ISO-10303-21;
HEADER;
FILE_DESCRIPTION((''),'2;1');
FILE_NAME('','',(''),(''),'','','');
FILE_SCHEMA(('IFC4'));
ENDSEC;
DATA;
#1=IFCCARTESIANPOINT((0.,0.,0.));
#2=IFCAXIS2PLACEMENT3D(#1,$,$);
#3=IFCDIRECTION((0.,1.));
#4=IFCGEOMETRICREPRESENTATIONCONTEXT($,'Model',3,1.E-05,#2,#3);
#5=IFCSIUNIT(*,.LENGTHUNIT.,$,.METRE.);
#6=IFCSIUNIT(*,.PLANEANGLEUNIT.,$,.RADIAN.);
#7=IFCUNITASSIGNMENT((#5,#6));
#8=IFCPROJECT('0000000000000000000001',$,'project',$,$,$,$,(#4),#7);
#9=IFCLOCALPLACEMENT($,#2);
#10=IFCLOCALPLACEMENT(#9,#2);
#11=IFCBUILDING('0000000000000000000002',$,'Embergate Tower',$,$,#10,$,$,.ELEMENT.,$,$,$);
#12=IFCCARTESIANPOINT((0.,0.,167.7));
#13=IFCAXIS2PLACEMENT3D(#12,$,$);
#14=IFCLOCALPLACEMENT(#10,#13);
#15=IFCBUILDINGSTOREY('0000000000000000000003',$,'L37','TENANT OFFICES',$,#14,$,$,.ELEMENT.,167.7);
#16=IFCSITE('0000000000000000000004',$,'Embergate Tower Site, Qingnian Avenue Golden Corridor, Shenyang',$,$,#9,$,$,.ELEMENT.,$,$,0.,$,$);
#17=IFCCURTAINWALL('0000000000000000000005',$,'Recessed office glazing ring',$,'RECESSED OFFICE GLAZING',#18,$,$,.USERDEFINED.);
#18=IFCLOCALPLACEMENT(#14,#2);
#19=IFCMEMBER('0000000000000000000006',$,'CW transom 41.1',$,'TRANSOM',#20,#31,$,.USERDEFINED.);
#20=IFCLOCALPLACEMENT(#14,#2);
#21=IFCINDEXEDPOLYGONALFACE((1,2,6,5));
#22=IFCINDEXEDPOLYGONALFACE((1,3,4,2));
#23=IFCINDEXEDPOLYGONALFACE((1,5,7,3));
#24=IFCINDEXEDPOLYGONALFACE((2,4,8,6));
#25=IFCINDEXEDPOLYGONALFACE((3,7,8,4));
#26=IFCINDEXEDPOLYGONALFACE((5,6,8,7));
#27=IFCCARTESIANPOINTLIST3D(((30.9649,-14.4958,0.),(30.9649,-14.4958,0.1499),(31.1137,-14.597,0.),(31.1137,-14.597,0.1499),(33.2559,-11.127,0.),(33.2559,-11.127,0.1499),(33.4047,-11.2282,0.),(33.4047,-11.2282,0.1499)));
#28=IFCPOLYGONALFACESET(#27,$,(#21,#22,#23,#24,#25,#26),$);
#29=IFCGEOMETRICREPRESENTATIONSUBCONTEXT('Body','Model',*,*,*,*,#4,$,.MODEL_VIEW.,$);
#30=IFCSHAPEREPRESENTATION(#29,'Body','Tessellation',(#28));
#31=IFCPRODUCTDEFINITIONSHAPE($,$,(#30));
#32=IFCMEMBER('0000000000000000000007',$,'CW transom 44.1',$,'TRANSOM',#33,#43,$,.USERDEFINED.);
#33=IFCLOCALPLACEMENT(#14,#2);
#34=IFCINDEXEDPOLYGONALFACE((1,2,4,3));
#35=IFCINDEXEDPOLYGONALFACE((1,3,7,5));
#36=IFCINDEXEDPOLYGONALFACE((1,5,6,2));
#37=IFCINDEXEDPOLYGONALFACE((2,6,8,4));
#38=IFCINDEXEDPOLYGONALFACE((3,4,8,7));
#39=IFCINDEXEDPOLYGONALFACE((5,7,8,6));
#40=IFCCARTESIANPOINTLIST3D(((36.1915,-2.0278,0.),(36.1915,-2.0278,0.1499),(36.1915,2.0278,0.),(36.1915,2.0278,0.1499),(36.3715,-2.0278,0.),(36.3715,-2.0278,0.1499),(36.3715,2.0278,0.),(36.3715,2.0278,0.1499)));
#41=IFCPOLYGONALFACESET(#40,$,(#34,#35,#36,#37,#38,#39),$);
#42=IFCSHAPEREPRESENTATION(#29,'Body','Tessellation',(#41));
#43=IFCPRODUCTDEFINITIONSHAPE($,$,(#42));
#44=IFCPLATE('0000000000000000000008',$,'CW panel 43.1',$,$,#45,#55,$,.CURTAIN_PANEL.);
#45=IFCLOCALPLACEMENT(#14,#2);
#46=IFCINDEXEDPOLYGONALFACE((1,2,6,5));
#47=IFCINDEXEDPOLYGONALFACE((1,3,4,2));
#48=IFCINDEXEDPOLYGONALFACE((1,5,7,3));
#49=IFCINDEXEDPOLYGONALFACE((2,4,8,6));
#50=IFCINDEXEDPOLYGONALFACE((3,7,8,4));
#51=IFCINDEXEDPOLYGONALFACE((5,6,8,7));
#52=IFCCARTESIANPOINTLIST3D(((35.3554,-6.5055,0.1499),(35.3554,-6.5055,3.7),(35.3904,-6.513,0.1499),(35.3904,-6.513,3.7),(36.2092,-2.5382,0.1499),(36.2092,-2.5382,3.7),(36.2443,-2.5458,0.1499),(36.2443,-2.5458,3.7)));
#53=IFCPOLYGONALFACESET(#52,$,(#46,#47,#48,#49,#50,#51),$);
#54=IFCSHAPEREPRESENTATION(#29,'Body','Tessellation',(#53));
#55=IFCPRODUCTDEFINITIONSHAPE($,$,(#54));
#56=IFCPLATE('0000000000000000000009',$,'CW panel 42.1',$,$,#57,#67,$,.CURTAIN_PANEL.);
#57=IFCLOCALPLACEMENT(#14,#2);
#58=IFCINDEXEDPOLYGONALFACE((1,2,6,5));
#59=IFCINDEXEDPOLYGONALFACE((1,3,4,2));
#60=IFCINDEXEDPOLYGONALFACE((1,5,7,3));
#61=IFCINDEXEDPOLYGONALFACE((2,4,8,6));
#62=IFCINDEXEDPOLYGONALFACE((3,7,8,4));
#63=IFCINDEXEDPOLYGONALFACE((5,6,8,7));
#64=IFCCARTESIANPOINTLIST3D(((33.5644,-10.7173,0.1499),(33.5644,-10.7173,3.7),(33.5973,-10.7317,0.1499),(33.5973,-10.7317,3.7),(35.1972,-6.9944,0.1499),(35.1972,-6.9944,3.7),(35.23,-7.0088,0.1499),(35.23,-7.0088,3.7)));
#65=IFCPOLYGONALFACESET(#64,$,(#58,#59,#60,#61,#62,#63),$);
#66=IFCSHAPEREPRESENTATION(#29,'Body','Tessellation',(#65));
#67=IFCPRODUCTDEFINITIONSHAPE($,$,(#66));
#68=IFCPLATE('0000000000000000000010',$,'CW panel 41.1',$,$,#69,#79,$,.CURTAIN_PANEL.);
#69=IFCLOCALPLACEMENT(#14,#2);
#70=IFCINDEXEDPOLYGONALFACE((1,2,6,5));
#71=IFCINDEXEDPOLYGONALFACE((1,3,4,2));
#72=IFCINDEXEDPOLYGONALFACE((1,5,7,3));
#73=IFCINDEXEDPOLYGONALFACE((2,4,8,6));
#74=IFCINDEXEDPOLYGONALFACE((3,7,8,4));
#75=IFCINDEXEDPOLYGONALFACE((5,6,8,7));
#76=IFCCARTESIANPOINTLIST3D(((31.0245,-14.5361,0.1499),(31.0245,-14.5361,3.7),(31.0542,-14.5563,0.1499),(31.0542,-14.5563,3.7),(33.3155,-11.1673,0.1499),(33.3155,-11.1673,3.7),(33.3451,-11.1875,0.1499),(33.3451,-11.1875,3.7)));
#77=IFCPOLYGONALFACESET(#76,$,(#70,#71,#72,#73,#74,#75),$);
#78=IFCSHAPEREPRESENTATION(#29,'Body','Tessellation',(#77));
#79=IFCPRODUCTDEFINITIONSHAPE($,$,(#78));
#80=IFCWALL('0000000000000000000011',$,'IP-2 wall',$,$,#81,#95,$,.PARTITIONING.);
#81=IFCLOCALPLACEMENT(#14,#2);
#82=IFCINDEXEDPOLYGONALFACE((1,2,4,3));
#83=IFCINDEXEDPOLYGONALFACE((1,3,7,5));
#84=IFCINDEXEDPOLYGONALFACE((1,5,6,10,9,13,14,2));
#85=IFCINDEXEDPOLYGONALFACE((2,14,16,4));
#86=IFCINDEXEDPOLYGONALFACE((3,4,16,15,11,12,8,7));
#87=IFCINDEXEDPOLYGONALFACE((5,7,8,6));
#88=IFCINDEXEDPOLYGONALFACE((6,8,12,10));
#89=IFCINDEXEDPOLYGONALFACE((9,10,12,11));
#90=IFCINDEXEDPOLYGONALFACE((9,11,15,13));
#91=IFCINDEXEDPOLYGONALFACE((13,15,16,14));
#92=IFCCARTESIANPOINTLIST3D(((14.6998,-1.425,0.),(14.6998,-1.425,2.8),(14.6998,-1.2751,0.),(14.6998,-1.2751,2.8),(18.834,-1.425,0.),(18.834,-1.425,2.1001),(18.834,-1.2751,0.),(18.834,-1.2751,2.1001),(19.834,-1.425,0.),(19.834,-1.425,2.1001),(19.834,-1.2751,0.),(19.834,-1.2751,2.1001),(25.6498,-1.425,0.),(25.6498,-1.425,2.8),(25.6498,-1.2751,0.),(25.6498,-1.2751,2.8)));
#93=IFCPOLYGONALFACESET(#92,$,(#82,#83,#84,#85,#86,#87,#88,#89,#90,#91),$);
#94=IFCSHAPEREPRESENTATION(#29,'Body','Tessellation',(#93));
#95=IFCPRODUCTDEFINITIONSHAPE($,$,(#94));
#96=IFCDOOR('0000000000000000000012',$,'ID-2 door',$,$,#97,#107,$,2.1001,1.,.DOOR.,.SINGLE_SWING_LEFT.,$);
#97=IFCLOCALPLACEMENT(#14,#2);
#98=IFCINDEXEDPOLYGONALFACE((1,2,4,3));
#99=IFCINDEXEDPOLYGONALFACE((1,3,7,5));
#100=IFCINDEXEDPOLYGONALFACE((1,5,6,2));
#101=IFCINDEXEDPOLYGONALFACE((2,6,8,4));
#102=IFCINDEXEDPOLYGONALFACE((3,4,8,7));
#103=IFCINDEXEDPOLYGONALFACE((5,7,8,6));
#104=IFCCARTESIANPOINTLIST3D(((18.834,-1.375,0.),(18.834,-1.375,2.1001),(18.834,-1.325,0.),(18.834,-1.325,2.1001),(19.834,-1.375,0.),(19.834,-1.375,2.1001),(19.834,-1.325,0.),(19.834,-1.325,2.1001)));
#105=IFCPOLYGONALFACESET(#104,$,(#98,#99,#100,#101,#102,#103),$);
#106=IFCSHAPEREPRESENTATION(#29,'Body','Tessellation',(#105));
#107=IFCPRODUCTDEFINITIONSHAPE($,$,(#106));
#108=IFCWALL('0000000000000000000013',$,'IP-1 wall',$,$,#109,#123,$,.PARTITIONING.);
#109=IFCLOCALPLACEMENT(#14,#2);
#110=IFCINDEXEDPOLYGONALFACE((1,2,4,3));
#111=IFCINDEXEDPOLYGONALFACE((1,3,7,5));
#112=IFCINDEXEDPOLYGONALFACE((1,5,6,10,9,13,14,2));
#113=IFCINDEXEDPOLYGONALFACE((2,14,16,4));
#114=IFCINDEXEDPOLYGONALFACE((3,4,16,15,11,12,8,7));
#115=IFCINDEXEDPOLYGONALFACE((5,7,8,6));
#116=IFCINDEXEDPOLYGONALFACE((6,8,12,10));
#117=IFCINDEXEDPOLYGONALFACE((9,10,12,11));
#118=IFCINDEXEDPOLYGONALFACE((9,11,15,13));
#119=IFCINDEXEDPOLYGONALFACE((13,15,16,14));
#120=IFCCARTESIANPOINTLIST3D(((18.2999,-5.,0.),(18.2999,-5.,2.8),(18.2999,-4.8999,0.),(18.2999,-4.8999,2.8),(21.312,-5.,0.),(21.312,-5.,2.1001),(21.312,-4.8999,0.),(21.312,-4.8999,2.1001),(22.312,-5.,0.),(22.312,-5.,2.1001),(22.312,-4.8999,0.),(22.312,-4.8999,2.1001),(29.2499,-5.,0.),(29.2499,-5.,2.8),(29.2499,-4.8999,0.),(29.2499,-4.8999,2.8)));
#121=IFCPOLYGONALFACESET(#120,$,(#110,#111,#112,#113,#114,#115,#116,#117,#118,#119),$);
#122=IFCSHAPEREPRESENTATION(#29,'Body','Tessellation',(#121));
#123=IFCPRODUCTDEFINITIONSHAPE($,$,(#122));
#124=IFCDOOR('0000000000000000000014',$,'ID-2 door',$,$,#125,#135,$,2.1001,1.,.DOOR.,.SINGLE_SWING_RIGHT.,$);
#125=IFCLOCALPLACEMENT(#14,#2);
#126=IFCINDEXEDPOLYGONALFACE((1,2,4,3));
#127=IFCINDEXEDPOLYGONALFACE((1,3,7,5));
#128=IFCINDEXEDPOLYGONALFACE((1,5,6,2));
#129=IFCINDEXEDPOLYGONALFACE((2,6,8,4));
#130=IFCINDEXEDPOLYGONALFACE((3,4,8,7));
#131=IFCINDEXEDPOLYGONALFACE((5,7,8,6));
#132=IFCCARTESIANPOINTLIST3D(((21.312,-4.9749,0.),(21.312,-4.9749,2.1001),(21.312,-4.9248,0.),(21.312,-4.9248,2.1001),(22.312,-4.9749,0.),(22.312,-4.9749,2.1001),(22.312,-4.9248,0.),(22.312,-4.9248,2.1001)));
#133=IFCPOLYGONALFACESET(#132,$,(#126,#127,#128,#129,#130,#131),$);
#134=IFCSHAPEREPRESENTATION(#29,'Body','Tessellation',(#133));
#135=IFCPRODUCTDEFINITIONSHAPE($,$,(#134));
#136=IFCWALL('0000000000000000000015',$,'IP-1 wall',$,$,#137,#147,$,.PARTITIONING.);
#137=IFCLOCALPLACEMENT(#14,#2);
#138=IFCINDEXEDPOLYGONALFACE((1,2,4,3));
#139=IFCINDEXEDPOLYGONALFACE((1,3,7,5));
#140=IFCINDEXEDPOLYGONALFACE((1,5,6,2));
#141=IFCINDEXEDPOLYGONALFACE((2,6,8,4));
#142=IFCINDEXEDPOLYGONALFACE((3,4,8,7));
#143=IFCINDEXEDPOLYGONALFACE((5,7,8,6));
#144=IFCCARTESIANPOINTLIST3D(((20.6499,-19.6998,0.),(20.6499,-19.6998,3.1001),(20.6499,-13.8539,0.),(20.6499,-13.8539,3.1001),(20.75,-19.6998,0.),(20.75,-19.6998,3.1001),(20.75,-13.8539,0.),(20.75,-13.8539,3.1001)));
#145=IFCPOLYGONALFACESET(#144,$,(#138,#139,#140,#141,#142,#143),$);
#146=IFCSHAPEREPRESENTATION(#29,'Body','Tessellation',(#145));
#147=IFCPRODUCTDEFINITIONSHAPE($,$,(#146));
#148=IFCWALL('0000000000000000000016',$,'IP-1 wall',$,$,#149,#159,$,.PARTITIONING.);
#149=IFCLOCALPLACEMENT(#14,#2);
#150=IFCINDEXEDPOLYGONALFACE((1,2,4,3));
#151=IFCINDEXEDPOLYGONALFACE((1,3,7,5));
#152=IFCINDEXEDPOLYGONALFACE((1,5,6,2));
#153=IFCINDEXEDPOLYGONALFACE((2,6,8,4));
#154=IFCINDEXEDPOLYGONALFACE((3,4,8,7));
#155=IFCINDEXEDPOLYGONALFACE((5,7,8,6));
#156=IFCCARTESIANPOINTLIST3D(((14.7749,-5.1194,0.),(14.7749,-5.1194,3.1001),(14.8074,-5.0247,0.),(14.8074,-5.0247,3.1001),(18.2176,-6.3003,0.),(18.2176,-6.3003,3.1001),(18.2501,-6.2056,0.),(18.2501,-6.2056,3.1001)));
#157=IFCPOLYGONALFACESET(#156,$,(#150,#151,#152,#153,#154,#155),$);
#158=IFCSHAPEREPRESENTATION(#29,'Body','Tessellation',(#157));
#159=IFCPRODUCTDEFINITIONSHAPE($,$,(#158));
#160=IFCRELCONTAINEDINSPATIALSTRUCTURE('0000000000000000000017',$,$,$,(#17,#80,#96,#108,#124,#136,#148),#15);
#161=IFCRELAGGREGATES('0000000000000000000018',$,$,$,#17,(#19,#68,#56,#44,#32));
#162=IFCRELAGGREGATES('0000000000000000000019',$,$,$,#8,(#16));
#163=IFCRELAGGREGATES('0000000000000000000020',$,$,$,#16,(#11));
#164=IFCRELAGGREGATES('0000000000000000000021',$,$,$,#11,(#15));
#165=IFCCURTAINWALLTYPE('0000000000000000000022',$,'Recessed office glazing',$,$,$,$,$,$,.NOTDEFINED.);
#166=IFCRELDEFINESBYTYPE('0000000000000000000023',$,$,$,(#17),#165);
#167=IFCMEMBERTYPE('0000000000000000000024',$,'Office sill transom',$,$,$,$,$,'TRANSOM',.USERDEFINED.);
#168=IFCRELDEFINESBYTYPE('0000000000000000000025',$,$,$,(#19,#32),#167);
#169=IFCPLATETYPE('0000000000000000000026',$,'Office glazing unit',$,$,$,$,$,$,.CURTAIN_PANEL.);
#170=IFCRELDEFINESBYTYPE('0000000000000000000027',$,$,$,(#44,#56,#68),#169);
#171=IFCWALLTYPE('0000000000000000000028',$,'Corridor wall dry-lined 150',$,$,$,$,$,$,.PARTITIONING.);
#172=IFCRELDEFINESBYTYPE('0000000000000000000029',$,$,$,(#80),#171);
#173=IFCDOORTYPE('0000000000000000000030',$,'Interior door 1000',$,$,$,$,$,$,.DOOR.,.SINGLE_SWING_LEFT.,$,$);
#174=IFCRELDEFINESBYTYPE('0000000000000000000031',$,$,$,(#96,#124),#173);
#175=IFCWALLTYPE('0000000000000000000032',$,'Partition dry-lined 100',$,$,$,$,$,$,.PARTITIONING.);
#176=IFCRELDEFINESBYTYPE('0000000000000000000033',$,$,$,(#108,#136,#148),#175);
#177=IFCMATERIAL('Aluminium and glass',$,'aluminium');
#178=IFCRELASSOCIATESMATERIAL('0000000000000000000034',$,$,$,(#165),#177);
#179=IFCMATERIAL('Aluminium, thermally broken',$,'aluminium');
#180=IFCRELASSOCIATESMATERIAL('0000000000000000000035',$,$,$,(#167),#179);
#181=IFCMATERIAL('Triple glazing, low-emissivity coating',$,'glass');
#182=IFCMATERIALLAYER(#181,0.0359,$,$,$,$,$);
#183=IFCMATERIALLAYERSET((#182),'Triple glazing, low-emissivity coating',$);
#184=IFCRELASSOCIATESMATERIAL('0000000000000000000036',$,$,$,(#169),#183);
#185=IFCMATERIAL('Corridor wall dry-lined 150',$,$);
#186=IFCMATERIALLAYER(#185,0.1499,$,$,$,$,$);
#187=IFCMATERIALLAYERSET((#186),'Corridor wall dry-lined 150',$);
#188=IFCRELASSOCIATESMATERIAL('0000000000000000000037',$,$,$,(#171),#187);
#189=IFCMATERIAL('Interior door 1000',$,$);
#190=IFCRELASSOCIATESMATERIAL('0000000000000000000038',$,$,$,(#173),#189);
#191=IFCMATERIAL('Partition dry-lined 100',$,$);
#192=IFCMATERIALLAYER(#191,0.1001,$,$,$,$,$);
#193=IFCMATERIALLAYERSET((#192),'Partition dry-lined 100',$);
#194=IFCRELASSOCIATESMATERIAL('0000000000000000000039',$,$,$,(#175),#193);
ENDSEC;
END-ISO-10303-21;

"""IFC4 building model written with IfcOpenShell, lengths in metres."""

from ifc_helpers import new_model, si_unit, direction, frame, frame_2d, origin, origin_2d, place, context, subcontext, project, spatial, rectangle, extrude, source, transform, mapped, material, layer, layer_set, material_profile, profile_set, type_object, element, fill, aggregate, save


model = new_model("IFC4")

# Units and contexts
model_context = context("Model", 3, precision=1e-05, world=origin(), true_north=direction((0.0, 1.0)))
body_context = subcontext(model_context, "Body", "Model", "MODEL_VIEW")
ifc_project = project(units=[si_unit("LENGTHUNIT", "METRE"), si_unit("PLANEANGLEUNIT", "RADIAN")], contexts=[model_context])

# Site, building, storey
site_placement = place(None, origin())
site = spatial("IfcSite", under=ifc_project, at=site_placement, Name="Embergate Tower Site, Qingnian Avenue Golden Corridor, Shenyang", CompositionType="ELEMENT", RefElevation=0.0)
building_placement = place(site_placement, origin())
building = spatial("IfcBuilding", under=site, at=building_placement, Name="Embergate Tower", CompositionType="ELEMENT")
storey_placement = place(building_placement, frame((0.0, 0.0, 167.7)))
storey = spatial("IfcBuildingStorey", under=building, at=storey_placement, Name="L37", Description="TENANT OFFICES", CompositionType="ELEMENT", Elevation=167.7)

# Curtain wall, members, plates
ifc_material_1 = material(Name="Aluminium and glass", Category="aluminium")
curtain_wall_type = type_object("IfcCurtainWallType", Name="Recessed office glazing", PredefinedType="NOTDEFINED", material=ifc_material_1)
curtain_wall_placement = place(storey_placement, origin())
curtain_wall = element("IfcCurtainWall", 1, at=curtain_wall_placement, inside=storey, type_object=curtain_wall_type, Name="Recessed office glazing ring", ObjectType="RECESSED OFFICE GLAZING", PredefinedType="USERDEFINED")
ifc_material_2 = material(Name="Aluminium, thermally broken", Category="aluminium")
ifc_material_profile_1 = material_profile(ifc_material_2, rectangle(XDim=0.1799, YDim=0.1499, at=origin_2d()), Name="AL 150x180")
ifc_profile_set_1 = profile_set([ifc_material_profile_1], Name="Aluminium, thermally broken")
member_type_1 = type_object("IfcMemberType", Name="Office sill transom", ElementType="TRANSOM", PredefinedType="USERDEFINED", material=ifc_profile_set_1)
shared_shape_1 = source(origin(), body_context, "Body", "SweptSolid", [
    extrude(rectangle(XDim=0.1799, YDim=0.1499, at=origin_2d()), origin(), (0.0, 0.0, 1.0), 4.074),
])
member_1_placement = place(storey_placement, frame((31.0393, -14.5464, 0.075), z_axis=(0.562338, 0.826908, 0.0), x_axis=(-0.826908, 0.562338, 0.0)))
member_1 = element("IfcMember", 2, at=member_1_placement, type_object=member_type_1, Name="CW transom 41.1", ObjectType="TRANSOM", PredefinedType="USERDEFINED", context=body_context, shape_type="MappedRepresentation", body=[
    mapped(shared_shape_1, transform((0.0, 0.0, 0.0))),
])
shared_shape_2 = source(origin(), body_context, "Body", "SweptSolid", [
    extrude(rectangle(XDim=0.1799, YDim=0.1499, at=origin_2d()), origin(), (0.0, 0.0, 1.0), 4.0557),
])
member_2_placement = place(storey_placement, frame((36.2815, -2.0278, 0.075), z_axis=(0.0, 1.0, 0.0), x_axis=(-1.0, 0.0, 0.0)))
member_2 = element("IfcMember", 3, at=member_2_placement, type_object=member_type_1, Name="CW transom 44.1", ObjectType="TRANSOM", PredefinedType="USERDEFINED", context=body_context, shape_type="MappedRepresentation", body=[
    mapped(shared_shape_2, transform((0.0, 0.0, 0.0))),
])
ifc_material_3 = material(Name="Triple glazing, low-emissivity coating", Category="glass")
ifc_layer_1 = layer(ifc_material_3, 0.0359)
ifc_layer_set_1 = layer_set([ifc_layer_1], Name="Triple glazing, low-emissivity coating")
plate_type = type_object("IfcPlateType", Name="Office glazing unit", PredefinedType="CURTAIN_PANEL", material=ifc_layer_set_1)
shared_shape_3 = source(origin(), body_context, "Body", "SweptSolid", [
    extrude(rectangle(XDim=4.0581, YDim=0.0359, at=origin_2d()), origin(), (0.0, 0.0, 1.0), 3.55),
])
plate_1_placement = place(storey_placement, frame((35.7998, -4.5256, 0.1499), z_axis=(0.0, 0.0, 1.0), x_axis=(0.210398, 0.977616, 0.0)))
plate_1 = element("IfcPlate", 4, at=plate_1_placement, type_object=plate_type, Name="CW panel 43.1", PredefinedType="CURTAIN_PANEL", context=body_context, shape_type="MappedRepresentation", body=[
    mapped(shared_shape_3, transform((0.0, 0.0, 0.0))),
])
shared_shape_4 = source(origin(), body_context, "Body", "SweptSolid", [
    extrude(rectangle(XDim=4.0652, YDim=0.0359, at=origin_2d()), origin(), (0.0, 0.0, 1.0), 3.55),
])
plate_2_placement = place(storey_placement, frame((34.3972, -8.863, 0.1499), z_axis=(0.0, 0.0, 1.0), x_axis=(0.401652, 0.915792, 0.0)))
plate_2 = element("IfcPlate", 5, at=plate_2_placement, type_object=plate_type, Name="CW panel 42.1", PredefinedType="CURTAIN_PANEL", context=body_context, shape_type="MappedRepresentation", body=[
    mapped(shared_shape_4, transform((0.0, 0.0, 0.0))),
])
shared_shape_5 = source(origin(), body_context, "Body", "SweptSolid", [
    extrude(rectangle(XDim=4.074, YDim=0.0359, at=origin_2d()), origin(), (0.0, 0.0, 1.0), 3.55),
])
plate_3_placement = place(storey_placement, frame((32.1848, -12.8618, 0.1499), z_axis=(0.0, 0.0, 1.0), x_axis=(0.562342, 0.826905, 0.0)))
plate_3 = element("IfcPlate", 6, at=plate_3_placement, type_object=plate_type, Name="CW panel 41.1", PredefinedType="CURTAIN_PANEL", context=body_context, shape_type="MappedRepresentation", body=[
    mapped(shared_shape_5, transform((0.0, 0.0, 0.0))),
])
aggregate(curtain_wall, [member_1, plate_3, plate_2, plate_1, member_2])

# Walls, openings, doors
ifc_material_4 = material(Name="Corridor wall dry-lined 150")
ifc_layer_2 = layer(ifc_material_4, 0.1499)
ifc_layer_set_2 = layer_set([ifc_layer_2], Name="Corridor wall dry-lined 150")
wall_type_1 = type_object("IfcWallType", Name="Corridor wall dry-lined 150", PredefinedType="PARTITIONING", material=ifc_layer_set_2)
shared_shape_6 = source(origin(), body_context, "Body", "SweptSolid", [
    extrude(rectangle(XDim=10.95, YDim=0.1499, at=frame_2d((5.4751, 0.0))), origin(), (0.0, 0.0, 1.0), 2.8),
])
wall_1_placement = place(storey_placement, frame((25.6499, -1.3501, 0.0), z_axis=(0.0, 0.0, 1.0), x_axis=(-1.0, 0.0, 0.0)))
wall_1 = element("IfcWall", 7, at=wall_1_placement, inside=storey, type_object=wall_type_1, Name="IP-2 wall", PredefinedType="PARTITIONING", context=body_context, shape_type="MappedRepresentation", body=[
    mapped(shared_shape_6, transform((0.0, 0.0, 0.0))),
])
shared_shape_7 = source(origin(), body_context, "Body", "SweptSolid", [
    extrude(rectangle(XDim=1.0, YDim=2.1001, at=frame_2d((0.5, 1.05))), frame((0.0, 0.085, 0.0), z_axis=(0.0, -1.0, 0.0), x_axis=(1.0, 0.0, 0.0)), (0.0, 0.0, 1.0), 0.1699),
])
opening_1_placement = place(wall_1_placement, frame((5.8159, 0.0, 0.0)))
opening_1 = element("IfcOpeningElement", 8, at=opening_1_placement, cuts=wall_1, PredefinedType="OPENING", context=body_context, shape_type="MappedRepresentation", body=[
    mapped(shared_shape_7, transform((0.0, 0.0, 0.0))),
])
ifc_material_5 = material(Name="Interior door 1000")
door_type = type_object("IfcDoorType", Name="Interior door 1000", OperationType="SINGLE_SWING_LEFT", PredefinedType="DOOR", material=ifc_material_5)
shared_shape_8 = source(origin(), body_context, "Body", "SweptSolid", [
    extrude(rectangle(XDim=1.0, YDim=2.1001, at=frame_2d((0.5, 1.05))), frame((0.0, 0.0249, 0.0), z_axis=(0.0, -1.0, 0.0), x_axis=(1.0, 0.0, 0.0)), (0.0, 0.0, 1.0), 0.05),
])
door_1_placement = place(opening_1_placement, origin())
door_1 = element("IfcDoor", 9, at=door_1_placement, inside=storey, type_object=door_type, Name="ID-2 door", OperationType="SINGLE_SWING_LEFT", OverallHeight=2.1001, OverallWidth=1.0, PredefinedType="DOOR", context=body_context, shape_type="MappedRepresentation", body=[
    mapped(shared_shape_8, transform((0.0, 0.0, 0.0))),
])
fill(opening_1, door_1)
ifc_material_6 = material(Name="Partition dry-lined 100")
ifc_layer_3 = layer(ifc_material_6, 0.1001)
ifc_layer_set_3 = layer_set([ifc_layer_3], Name="Partition dry-lined 100")
wall_type_2 = type_object("IfcWallType", Name="Partition dry-lined 100", PredefinedType="PARTITIONING", material=ifc_layer_set_3)
shared_shape_9 = source(origin(), body_context, "Body", "SweptSolid", [
    extrude(rectangle(XDim=10.95, YDim=0.1001, at=frame_2d((5.4751, 0.0))), origin(), (0.0, 0.0, 1.0), 2.8),
])
wall_2_placement = place(storey_placement, frame((29.25, -4.95, 0.0), z_axis=(0.0, 0.0, 1.0), x_axis=(-1.0, 0.0, 0.0)))
wall_2 = element("IfcWall", 10, at=wall_2_placement, inside=storey, type_object=wall_type_2, Name="IP-1 wall", PredefinedType="PARTITIONING", context=body_context, shape_type="MappedRepresentation", body=[
    mapped(shared_shape_9, transform((0.0, 0.0, 0.0))),
])
shared_shape_10 = source(origin(), body_context, "Body", "SweptSolid", [
    extrude(rectangle(XDim=1.0, YDim=2.1001, at=frame_2d((0.5, 1.05))), frame((0.0, 0.0601, 0.0), z_axis=(0.0, -1.0, 0.0), x_axis=(1.0, 0.0, 0.0)), (0.0, 0.0, 1.0), 0.1201),
])
opening_2_placement = place(wall_2_placement, frame((6.938, 0.0, 0.0)))
opening_2 = element("IfcOpeningElement", 11, at=opening_2_placement, cuts=wall_2, PredefinedType="OPENING", context=body_context, shape_type="MappedRepresentation", body=[
    mapped(shared_shape_10, transform((0.0, 0.0, 0.0))),
])
door_2_placement = place(opening_2_placement, origin())
door_2 = element("IfcDoor", 12, at=door_2_placement, inside=storey, type_object=door_type, Name="ID-2 door", OperationType="SINGLE_SWING_RIGHT", OverallHeight=2.1001, OverallWidth=1.0, PredefinedType="DOOR", context=body_context, shape_type="MappedRepresentation", body=[
    mapped(shared_shape_8, transform((0.0, 0.0, 0.0))),
])
fill(opening_2, door_2)

# Walls
shared_shape_11 = source(origin(), body_context, "Body", "SweptSolid", [
    extrude(rectangle(XDim=5.8459, YDim=0.1001, at=frame_2d((2.9229, 0.0))), origin(), (0.0, 0.0, 1.0), 3.1001),
])
wall_3_placement = place(storey_placement, frame((20.7, -13.854, 0.0), z_axis=(0.0, 0.0, 1.0), x_axis=(0.0, -1.0, 0.0)))
element("IfcWall", 13, at=wall_3_placement, inside=storey, type_object=wall_type_2, Name="IP-1 wall", PredefinedType="PARTITIONING", context=body_context, shape_type="MappedRepresentation", body=[
    mapped(shared_shape_11, transform((0.0, 0.0, 0.0))),
])
shared_shape_12 = source(origin(), body_context, "Body", "SweptSolid", [
    extrude(rectangle(XDim=3.6396, YDim=0.1001, at=frame_2d((1.8198, 0.0))), origin(), (0.0, 0.0, 1.0), 3.1001),
])
wall_4_placement = place(storey_placement, frame((18.2339, -6.2529, 0.0), z_axis=(0.0, 0.0, 1.0), x_axis=(-0.945904, 0.324446, 0.0)))
element("IfcWall", 14, at=wall_4_placement, inside=storey, type_object=wall_type_2, Name="IP-1 wall", PredefinedType="PARTITIONING", context=body_context, shape_type="MappedRepresentation", body=[
    mapped(shared_shape_12, transform((0.0, 0.0, 0.0))),
])

save(model, "model.ifc")
